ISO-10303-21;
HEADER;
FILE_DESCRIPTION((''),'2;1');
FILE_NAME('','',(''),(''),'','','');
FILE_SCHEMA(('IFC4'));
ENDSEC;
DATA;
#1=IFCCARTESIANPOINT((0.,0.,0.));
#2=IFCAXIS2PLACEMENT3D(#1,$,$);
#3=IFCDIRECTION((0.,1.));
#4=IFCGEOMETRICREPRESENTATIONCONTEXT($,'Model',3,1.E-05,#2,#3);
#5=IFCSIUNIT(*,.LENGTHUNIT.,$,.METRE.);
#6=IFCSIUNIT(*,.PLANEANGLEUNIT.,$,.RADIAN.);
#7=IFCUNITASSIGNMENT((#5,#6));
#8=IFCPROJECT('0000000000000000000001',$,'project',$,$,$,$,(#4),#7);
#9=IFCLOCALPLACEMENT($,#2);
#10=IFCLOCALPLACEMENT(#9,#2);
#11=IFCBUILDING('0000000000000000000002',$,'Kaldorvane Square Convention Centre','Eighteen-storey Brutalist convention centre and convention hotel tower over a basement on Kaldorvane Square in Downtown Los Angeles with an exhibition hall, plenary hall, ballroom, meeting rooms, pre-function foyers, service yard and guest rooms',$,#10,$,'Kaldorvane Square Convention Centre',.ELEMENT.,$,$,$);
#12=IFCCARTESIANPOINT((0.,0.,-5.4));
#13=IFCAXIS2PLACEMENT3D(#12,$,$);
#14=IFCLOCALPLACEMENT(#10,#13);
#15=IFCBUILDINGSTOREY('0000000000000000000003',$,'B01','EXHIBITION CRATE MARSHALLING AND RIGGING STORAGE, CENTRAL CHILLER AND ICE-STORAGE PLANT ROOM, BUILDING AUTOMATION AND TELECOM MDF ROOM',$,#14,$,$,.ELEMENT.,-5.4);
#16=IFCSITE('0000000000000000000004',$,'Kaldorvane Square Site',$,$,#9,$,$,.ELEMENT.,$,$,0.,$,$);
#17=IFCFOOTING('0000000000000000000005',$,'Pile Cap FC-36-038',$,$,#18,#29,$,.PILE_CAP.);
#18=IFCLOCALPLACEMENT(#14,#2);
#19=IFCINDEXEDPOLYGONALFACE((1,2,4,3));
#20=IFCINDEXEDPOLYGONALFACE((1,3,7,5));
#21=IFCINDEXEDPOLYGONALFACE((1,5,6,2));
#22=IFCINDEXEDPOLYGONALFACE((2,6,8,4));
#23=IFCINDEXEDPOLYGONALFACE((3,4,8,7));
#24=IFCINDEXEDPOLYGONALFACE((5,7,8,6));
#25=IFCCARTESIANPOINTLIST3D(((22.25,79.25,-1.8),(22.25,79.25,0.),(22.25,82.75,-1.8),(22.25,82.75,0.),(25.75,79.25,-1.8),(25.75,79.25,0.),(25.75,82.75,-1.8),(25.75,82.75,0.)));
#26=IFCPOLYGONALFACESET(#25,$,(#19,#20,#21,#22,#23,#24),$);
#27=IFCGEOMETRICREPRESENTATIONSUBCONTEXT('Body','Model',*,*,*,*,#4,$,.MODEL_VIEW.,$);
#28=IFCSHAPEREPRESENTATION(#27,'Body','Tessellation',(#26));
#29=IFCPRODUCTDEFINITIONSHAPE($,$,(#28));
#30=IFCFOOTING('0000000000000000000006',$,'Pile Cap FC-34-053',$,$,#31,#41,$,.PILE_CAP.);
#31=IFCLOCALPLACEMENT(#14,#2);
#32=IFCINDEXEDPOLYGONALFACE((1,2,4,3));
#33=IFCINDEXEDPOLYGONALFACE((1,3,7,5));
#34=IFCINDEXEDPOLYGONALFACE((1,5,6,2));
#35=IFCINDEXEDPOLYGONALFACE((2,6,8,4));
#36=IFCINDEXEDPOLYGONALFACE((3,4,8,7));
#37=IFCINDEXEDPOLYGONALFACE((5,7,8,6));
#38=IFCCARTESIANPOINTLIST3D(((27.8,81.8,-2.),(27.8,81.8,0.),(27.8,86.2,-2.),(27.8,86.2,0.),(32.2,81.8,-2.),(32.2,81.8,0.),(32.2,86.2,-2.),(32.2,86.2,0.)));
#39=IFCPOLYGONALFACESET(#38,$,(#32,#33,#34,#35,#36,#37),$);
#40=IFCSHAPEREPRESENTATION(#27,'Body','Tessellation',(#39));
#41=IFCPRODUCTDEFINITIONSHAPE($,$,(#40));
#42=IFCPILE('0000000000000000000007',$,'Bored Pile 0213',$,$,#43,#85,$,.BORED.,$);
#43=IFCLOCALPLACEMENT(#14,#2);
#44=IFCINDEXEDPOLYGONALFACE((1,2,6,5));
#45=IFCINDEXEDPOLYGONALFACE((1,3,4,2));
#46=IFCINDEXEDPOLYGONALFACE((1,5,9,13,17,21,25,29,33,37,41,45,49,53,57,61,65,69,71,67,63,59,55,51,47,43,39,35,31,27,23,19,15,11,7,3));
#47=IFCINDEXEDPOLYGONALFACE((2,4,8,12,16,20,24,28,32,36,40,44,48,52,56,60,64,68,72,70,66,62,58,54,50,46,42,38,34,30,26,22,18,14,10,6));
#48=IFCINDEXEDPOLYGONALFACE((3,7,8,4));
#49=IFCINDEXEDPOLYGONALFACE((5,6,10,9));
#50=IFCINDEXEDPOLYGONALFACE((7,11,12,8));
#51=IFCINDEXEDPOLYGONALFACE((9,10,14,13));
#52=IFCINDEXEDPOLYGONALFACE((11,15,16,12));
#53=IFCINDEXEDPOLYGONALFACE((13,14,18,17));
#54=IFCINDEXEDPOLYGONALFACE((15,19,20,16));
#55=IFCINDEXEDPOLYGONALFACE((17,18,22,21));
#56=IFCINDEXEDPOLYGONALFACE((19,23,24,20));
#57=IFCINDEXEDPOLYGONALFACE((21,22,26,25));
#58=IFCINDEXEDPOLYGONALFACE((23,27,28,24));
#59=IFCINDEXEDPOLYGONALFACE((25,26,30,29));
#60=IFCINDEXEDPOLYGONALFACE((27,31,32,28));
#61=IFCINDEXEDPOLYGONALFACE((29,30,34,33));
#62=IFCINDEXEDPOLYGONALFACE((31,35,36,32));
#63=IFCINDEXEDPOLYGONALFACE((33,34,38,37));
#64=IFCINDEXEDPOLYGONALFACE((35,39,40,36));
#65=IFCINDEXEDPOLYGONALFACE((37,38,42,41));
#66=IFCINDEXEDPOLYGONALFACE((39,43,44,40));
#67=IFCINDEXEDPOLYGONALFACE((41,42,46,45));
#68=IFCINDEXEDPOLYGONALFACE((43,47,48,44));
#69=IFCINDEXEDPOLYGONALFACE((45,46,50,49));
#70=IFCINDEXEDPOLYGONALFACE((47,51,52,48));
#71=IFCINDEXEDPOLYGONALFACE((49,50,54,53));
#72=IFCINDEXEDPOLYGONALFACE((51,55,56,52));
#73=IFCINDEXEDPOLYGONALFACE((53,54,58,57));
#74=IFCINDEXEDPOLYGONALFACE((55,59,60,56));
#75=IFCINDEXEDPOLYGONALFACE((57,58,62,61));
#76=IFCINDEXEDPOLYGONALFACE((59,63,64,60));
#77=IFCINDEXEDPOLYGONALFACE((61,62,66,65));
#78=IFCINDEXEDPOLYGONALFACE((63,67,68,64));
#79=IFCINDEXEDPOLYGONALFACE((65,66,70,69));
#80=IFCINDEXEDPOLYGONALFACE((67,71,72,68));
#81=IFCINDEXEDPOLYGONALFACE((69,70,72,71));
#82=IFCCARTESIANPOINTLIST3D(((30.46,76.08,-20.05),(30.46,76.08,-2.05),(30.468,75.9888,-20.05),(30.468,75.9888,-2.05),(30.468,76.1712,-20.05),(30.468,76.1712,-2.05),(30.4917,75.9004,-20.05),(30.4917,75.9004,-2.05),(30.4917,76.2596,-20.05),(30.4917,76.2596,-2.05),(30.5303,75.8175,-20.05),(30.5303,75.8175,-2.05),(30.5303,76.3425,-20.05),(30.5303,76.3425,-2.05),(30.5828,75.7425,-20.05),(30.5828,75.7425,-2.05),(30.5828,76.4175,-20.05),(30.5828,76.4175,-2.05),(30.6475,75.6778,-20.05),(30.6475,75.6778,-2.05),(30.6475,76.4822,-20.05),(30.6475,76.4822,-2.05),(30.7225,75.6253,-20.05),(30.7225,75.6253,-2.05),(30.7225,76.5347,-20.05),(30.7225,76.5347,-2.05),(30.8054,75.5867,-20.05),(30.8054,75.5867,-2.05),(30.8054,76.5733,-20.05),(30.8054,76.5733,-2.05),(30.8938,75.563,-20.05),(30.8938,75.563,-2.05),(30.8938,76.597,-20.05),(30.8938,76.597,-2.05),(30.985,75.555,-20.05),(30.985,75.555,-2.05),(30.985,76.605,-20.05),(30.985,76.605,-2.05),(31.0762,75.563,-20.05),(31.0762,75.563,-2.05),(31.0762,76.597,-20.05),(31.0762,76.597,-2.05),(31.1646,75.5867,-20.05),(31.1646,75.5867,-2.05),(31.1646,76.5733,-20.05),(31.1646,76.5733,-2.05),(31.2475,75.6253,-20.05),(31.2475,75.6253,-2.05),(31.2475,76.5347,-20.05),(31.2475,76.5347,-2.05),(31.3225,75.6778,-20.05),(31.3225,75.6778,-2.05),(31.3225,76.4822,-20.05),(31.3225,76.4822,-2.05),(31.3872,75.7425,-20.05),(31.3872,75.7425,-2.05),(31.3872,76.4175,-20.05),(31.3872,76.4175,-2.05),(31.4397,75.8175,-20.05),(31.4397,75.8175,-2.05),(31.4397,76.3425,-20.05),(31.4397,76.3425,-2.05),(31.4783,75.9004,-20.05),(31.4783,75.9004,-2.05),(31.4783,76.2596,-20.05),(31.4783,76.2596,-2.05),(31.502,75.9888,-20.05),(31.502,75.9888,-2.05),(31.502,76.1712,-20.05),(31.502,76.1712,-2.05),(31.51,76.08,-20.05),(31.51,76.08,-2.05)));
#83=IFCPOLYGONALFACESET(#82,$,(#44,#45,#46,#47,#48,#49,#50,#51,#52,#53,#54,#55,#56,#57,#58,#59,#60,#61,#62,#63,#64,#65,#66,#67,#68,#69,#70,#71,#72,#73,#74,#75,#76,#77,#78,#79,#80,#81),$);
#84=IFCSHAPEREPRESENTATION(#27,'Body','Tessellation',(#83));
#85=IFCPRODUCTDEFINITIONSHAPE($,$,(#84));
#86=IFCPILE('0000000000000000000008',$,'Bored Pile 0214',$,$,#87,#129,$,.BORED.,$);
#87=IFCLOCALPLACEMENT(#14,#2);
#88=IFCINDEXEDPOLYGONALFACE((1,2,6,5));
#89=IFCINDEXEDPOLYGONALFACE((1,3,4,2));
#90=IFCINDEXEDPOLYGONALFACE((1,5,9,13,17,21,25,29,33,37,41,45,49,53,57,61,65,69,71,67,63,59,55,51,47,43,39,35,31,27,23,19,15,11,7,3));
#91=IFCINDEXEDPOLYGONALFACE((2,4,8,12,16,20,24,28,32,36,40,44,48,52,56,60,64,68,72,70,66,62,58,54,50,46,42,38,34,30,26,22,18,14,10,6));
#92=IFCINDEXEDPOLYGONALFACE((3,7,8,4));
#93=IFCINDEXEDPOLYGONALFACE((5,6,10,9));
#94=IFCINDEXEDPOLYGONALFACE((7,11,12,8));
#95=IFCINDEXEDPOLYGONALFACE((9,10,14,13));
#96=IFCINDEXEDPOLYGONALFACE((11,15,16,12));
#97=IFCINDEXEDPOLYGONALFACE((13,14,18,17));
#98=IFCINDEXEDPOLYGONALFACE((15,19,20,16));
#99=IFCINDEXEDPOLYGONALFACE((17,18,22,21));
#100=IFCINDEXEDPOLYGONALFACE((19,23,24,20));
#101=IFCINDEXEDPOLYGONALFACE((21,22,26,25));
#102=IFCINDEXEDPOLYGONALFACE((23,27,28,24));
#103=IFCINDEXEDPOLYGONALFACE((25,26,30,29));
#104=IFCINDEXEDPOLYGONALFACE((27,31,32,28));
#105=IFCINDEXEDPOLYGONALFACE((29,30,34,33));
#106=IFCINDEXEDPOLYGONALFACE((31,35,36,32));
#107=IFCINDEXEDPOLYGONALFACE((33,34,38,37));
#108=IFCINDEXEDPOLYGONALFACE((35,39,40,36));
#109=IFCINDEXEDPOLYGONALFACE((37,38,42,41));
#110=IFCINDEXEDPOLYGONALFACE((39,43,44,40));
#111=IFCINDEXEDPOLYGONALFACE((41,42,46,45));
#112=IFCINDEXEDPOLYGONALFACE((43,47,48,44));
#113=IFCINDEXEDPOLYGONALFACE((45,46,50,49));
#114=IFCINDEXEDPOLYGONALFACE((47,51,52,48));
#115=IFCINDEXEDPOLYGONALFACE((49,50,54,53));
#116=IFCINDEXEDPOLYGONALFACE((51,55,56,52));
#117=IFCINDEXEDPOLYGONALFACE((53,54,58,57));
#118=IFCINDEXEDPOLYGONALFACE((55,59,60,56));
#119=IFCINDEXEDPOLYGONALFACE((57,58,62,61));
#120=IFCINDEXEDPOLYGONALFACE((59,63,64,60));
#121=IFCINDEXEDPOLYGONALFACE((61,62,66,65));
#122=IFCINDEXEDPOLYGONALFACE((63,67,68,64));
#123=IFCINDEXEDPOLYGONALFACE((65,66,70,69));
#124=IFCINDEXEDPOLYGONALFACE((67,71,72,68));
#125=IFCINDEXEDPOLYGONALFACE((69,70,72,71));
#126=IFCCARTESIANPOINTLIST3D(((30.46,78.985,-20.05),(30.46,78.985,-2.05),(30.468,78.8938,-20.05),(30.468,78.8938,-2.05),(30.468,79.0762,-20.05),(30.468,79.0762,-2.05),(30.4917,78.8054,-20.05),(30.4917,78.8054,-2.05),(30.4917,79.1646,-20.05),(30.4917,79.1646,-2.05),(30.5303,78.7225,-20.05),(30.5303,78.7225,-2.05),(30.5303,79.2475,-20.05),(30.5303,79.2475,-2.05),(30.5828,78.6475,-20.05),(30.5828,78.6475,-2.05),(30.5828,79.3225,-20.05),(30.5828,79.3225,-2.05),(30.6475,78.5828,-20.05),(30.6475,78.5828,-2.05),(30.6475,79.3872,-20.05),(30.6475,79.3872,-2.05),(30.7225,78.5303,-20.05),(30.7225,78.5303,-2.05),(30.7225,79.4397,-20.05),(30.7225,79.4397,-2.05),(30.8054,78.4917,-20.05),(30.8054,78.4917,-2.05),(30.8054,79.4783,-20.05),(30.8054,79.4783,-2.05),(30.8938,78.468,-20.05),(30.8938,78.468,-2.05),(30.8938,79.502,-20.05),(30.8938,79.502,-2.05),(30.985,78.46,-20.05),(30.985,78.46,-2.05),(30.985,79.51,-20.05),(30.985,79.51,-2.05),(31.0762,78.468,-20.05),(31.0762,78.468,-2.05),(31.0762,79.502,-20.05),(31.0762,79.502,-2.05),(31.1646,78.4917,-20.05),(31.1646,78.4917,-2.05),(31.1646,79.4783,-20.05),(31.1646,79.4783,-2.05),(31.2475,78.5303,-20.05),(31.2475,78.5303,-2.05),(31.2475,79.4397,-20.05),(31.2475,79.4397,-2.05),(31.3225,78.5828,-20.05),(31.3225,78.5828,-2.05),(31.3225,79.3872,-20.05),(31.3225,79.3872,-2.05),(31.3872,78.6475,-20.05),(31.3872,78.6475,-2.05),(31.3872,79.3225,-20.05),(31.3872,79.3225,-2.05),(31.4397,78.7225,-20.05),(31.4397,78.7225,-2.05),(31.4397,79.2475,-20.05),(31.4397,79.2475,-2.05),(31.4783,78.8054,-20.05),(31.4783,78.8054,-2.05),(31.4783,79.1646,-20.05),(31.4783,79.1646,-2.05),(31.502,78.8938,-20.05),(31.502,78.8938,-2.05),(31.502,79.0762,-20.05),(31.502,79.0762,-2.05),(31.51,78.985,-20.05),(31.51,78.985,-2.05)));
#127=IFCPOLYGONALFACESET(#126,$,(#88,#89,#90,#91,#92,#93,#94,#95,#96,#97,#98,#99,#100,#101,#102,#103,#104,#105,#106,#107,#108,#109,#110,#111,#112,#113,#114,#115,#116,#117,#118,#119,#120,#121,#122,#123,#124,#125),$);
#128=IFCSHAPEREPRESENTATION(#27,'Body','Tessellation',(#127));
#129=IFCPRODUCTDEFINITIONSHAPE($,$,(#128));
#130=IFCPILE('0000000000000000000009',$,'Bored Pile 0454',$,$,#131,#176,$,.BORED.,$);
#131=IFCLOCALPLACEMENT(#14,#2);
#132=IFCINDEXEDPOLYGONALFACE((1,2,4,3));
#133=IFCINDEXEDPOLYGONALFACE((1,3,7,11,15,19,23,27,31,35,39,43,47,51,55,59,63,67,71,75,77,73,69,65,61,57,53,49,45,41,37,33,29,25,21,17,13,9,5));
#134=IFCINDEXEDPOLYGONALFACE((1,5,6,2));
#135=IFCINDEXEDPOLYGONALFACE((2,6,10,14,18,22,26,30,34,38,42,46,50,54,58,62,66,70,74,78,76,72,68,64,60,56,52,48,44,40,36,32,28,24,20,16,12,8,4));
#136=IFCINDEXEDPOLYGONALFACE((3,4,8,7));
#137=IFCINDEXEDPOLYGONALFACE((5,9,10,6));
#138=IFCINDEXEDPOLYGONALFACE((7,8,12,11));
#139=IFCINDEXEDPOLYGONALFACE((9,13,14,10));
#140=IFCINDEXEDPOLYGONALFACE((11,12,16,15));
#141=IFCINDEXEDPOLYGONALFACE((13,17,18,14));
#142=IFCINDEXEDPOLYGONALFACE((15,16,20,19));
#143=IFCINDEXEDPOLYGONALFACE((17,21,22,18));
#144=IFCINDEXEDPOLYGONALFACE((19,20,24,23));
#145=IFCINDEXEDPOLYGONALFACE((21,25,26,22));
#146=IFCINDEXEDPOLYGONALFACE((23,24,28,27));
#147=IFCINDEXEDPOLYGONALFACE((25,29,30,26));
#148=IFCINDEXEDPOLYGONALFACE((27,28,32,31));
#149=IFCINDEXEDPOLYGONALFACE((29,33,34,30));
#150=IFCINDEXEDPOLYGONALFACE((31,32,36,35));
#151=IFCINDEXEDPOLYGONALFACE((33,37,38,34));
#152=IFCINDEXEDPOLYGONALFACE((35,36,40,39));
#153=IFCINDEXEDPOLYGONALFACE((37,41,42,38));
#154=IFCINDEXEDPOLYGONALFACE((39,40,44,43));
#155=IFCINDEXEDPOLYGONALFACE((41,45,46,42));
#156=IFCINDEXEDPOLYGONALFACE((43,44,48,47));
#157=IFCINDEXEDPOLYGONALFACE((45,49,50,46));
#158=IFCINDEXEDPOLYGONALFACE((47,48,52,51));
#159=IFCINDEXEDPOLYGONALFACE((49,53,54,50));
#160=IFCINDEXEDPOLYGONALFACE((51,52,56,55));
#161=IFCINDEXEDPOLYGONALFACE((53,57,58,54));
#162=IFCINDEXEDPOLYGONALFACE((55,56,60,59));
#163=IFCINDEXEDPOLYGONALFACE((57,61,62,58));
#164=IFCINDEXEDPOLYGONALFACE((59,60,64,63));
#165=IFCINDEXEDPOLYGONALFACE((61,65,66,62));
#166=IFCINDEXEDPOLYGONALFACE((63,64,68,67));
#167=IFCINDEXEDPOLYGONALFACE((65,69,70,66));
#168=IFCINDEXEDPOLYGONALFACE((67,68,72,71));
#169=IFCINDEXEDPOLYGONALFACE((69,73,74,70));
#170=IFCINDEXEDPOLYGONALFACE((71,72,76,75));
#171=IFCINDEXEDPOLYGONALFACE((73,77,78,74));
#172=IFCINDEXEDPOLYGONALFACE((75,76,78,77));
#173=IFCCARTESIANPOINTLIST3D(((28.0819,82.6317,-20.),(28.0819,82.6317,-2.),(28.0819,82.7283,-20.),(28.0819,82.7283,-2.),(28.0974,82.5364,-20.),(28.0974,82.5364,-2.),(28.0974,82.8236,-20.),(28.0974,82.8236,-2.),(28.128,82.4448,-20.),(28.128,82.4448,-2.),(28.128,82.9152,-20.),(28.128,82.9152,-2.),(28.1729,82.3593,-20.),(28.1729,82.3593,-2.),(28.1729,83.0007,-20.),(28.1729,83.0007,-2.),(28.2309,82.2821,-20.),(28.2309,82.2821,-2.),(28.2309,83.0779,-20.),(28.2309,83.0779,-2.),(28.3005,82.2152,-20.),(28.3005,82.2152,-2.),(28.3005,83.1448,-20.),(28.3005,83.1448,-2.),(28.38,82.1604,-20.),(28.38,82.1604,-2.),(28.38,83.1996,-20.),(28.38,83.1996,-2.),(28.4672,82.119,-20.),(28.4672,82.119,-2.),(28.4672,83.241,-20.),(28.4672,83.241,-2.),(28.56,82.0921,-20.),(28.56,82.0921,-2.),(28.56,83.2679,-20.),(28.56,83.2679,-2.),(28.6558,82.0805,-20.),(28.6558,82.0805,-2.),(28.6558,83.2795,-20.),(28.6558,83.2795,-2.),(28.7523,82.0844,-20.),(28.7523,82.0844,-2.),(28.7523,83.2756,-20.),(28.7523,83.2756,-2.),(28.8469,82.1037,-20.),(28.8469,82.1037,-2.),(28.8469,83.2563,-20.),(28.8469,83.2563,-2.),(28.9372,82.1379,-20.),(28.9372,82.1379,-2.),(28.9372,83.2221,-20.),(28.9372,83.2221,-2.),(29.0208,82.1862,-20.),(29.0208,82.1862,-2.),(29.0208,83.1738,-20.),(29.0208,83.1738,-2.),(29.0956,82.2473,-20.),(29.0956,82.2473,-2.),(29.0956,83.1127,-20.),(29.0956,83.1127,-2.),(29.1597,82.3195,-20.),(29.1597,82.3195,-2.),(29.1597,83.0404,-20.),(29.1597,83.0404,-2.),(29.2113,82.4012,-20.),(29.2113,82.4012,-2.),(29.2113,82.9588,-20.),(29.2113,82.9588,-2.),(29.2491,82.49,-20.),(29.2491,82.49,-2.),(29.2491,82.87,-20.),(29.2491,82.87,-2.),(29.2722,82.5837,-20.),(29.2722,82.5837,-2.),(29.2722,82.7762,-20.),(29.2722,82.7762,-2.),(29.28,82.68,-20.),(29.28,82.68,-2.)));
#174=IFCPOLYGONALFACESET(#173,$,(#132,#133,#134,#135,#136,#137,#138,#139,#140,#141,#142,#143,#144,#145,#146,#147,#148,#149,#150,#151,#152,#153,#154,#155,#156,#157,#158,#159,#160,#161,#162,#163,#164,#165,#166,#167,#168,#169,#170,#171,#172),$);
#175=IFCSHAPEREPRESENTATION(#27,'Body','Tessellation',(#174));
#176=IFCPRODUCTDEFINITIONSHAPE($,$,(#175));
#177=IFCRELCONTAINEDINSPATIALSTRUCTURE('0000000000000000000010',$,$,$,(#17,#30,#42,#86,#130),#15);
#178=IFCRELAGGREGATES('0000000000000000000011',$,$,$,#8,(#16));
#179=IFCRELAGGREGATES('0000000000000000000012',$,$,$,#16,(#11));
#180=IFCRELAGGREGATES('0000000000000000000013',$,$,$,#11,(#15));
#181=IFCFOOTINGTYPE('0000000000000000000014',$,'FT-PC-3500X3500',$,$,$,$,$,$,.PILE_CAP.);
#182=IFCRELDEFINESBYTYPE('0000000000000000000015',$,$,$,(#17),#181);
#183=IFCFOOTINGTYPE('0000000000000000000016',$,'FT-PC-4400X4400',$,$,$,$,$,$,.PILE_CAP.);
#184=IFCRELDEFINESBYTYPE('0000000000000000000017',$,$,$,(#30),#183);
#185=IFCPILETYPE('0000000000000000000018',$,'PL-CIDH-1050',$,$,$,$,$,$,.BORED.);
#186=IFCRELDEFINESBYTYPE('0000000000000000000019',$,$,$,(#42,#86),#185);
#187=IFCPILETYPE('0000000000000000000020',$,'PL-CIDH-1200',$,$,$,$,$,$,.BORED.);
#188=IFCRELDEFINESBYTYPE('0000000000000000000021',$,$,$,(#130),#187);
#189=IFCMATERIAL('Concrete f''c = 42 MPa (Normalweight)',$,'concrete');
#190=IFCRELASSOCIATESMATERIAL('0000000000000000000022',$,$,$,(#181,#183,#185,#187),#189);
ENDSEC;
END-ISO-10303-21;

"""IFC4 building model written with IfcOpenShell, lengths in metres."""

from ifc_helpers import new_model, si_unit, direction, frame, origin, origin_2d, place, context, subcontext, project, spatial, rectangle, circle, extrude, material, material_profile, profile_set, type_object, element, save


model = new_model("IFC4")

# Units and contexts
model_context = context("Model", 3, precision=1e-05, world=origin(), true_north=direction((0.0, 1.0)))
body_context = subcontext(model_context, "Body", "Model", "MODEL_VIEW")
ifc_project = project(units=[si_unit("LENGTHUNIT", "METRE"), si_unit("PLANEANGLEUNIT", "RADIAN")], contexts=[model_context])

# Site, building, storey
site_placement = place(None, origin())
site = spatial("IfcSite", under=ifc_project, at=site_placement, Name="Kaldorvane Square Site", CompositionType="ELEMENT", RefElevation=0.0)
building_placement = place(site_placement, origin())
building = spatial("IfcBuilding", under=site, at=building_placement, Name="Kaldorvane Square Convention Centre", Description="Eighteen-storey Brutalist convention centre and convention hotel tower over a basement on Kaldorvane Square in Downtown Los Angeles with an exhibition hall, plenary hall, ballroom, meeting rooms, pre-function foyers, service yard and guest rooms", LongName="Kaldorvane Square Convention Centre", CompositionType="ELEMENT")
storey_placement = place(building_placement, frame((0.0, 0.0, -5.4)))
storey = spatial("IfcBuildingStorey", under=building, at=storey_placement, Name="B01", Description="EXHIBITION CRATE MARSHALLING AND RIGGING STORAGE, CENTRAL CHILLER AND ICE-STORAGE PLANT ROOM, BUILDING AUTOMATION AND TELECOM MDF ROOM", CompositionType="ELEMENT", Elevation=-5.4)

# Footings
ifc_material_1 = material(Name="Concrete f'c = 42 MPa (Normalweight)", Category="concrete")
footing_type_1 = type_object("IfcFootingType", Name="FT-PC-3500X3500", PredefinedType="PILE_CAP", material=ifc_material_1)
footing_1_placement = place(storey_placement, frame((24.0, 81.0, -1.8), z_axis=(0.0, 0.0, 1.0), x_axis=(1.0, 0.0, 0.0)))
element("IfcFooting", 1, at=footing_1_placement, inside=storey, type_object=footing_type_1, Name="Pile Cap FC-36-038", PredefinedType="PILE_CAP", context=body_context, shape_type="SweptSolid", body=[
    extrude(rectangle(XDim=3.5, YDim=3.5, at=origin_2d()), origin(), (0.0, 0.0, 1.0), 1.8),
])
footing_type_2 = type_object("IfcFootingType", Name="FT-PC-4400X4400", PredefinedType="PILE_CAP", material=ifc_material_1)
footing_2_placement = place(storey_placement, frame((30.0, 84.0, -2.0), z_axis=(0.0, 0.0, 1.0), x_axis=(1.0, 0.0, 0.0)))
element("IfcFooting", 2, at=footing_2_placement, inside=storey, type_object=footing_type_2, Name="Pile Cap FC-34-053", PredefinedType="PILE_CAP", context=body_context, shape_type="SweptSolid", body=[
    extrude(rectangle(XDim=4.4, YDim=4.4, at=origin_2d()), origin(), (0.0, 0.0, 1.0), 2.0),
])

# Piles
ifc_material_profile_1 = material_profile(ifc_material_1, circle(Radius=0.525, at=origin_2d()), Name="PILE-D1050")
ifc_profile_set_1 = profile_set([ifc_material_profile_1], Name="Concrete f'c = 42 MPa (Normalweight)")
pile_type_1 = type_object("IfcPileType", Name="PL-CIDH-1050", PredefinedType="BORED", material=ifc_profile_set_1)
for number, where, z_axis, x_axis, name in (
    (3, (30.985, 76.08, -2.05), (0.0, 0.0, -1.0), (1.0, 0.0, 0.0), "Bored Pile 0213"),
    (4, (30.985, 78.985, -2.05), (0.0, 0.0, -1.0), (1.0, 0.0, 0.0), "Bored Pile 0214"),
):
    element("IfcPile", number, at=place(storey_placement, frame(where, z_axis=z_axis, x_axis=x_axis)), inside=storey, type_object=pile_type_1, Name=name, PredefinedType="BORED", context=body_context, shape_type="SweptSolid", body=[
        extrude(circle(Radius=0.525, at=origin_2d()), origin(), (0.0, 0.0, 1.0), 18.0),
    ])
ifc_material_profile_2 = material_profile(ifc_material_1, circle(Radius=0.6, at=origin_2d()), Name="PILE-D1200")
ifc_profile_set_2 = profile_set([ifc_material_profile_2], Name="Concrete f'c = 42 MPa (Normalweight)")
pile_type_2 = type_object("IfcPileType", Name="PL-CIDH-1200", PredefinedType="BORED", material=ifc_profile_set_2)
for number, where, z_axis, x_axis, name in (
    (5, (28.68, 82.68, -2.0), (0.0, 0.0, -1.0), (1.0, 0.0, 0.0), "Bored Pile 0454"),
):
    element("IfcPile", number, at=place(storey_placement, frame(where, z_axis=z_axis, x_axis=x_axis)), inside=storey, type_object=pile_type_2, Name=name, PredefinedType="BORED", context=body_context, shape_type="SweptSolid", body=[
        extrude(circle(Radius=0.6, at=origin_2d()), origin(), (0.0, 0.0, 1.0), 18.0),
    ])

save(model, "model.ifc")
